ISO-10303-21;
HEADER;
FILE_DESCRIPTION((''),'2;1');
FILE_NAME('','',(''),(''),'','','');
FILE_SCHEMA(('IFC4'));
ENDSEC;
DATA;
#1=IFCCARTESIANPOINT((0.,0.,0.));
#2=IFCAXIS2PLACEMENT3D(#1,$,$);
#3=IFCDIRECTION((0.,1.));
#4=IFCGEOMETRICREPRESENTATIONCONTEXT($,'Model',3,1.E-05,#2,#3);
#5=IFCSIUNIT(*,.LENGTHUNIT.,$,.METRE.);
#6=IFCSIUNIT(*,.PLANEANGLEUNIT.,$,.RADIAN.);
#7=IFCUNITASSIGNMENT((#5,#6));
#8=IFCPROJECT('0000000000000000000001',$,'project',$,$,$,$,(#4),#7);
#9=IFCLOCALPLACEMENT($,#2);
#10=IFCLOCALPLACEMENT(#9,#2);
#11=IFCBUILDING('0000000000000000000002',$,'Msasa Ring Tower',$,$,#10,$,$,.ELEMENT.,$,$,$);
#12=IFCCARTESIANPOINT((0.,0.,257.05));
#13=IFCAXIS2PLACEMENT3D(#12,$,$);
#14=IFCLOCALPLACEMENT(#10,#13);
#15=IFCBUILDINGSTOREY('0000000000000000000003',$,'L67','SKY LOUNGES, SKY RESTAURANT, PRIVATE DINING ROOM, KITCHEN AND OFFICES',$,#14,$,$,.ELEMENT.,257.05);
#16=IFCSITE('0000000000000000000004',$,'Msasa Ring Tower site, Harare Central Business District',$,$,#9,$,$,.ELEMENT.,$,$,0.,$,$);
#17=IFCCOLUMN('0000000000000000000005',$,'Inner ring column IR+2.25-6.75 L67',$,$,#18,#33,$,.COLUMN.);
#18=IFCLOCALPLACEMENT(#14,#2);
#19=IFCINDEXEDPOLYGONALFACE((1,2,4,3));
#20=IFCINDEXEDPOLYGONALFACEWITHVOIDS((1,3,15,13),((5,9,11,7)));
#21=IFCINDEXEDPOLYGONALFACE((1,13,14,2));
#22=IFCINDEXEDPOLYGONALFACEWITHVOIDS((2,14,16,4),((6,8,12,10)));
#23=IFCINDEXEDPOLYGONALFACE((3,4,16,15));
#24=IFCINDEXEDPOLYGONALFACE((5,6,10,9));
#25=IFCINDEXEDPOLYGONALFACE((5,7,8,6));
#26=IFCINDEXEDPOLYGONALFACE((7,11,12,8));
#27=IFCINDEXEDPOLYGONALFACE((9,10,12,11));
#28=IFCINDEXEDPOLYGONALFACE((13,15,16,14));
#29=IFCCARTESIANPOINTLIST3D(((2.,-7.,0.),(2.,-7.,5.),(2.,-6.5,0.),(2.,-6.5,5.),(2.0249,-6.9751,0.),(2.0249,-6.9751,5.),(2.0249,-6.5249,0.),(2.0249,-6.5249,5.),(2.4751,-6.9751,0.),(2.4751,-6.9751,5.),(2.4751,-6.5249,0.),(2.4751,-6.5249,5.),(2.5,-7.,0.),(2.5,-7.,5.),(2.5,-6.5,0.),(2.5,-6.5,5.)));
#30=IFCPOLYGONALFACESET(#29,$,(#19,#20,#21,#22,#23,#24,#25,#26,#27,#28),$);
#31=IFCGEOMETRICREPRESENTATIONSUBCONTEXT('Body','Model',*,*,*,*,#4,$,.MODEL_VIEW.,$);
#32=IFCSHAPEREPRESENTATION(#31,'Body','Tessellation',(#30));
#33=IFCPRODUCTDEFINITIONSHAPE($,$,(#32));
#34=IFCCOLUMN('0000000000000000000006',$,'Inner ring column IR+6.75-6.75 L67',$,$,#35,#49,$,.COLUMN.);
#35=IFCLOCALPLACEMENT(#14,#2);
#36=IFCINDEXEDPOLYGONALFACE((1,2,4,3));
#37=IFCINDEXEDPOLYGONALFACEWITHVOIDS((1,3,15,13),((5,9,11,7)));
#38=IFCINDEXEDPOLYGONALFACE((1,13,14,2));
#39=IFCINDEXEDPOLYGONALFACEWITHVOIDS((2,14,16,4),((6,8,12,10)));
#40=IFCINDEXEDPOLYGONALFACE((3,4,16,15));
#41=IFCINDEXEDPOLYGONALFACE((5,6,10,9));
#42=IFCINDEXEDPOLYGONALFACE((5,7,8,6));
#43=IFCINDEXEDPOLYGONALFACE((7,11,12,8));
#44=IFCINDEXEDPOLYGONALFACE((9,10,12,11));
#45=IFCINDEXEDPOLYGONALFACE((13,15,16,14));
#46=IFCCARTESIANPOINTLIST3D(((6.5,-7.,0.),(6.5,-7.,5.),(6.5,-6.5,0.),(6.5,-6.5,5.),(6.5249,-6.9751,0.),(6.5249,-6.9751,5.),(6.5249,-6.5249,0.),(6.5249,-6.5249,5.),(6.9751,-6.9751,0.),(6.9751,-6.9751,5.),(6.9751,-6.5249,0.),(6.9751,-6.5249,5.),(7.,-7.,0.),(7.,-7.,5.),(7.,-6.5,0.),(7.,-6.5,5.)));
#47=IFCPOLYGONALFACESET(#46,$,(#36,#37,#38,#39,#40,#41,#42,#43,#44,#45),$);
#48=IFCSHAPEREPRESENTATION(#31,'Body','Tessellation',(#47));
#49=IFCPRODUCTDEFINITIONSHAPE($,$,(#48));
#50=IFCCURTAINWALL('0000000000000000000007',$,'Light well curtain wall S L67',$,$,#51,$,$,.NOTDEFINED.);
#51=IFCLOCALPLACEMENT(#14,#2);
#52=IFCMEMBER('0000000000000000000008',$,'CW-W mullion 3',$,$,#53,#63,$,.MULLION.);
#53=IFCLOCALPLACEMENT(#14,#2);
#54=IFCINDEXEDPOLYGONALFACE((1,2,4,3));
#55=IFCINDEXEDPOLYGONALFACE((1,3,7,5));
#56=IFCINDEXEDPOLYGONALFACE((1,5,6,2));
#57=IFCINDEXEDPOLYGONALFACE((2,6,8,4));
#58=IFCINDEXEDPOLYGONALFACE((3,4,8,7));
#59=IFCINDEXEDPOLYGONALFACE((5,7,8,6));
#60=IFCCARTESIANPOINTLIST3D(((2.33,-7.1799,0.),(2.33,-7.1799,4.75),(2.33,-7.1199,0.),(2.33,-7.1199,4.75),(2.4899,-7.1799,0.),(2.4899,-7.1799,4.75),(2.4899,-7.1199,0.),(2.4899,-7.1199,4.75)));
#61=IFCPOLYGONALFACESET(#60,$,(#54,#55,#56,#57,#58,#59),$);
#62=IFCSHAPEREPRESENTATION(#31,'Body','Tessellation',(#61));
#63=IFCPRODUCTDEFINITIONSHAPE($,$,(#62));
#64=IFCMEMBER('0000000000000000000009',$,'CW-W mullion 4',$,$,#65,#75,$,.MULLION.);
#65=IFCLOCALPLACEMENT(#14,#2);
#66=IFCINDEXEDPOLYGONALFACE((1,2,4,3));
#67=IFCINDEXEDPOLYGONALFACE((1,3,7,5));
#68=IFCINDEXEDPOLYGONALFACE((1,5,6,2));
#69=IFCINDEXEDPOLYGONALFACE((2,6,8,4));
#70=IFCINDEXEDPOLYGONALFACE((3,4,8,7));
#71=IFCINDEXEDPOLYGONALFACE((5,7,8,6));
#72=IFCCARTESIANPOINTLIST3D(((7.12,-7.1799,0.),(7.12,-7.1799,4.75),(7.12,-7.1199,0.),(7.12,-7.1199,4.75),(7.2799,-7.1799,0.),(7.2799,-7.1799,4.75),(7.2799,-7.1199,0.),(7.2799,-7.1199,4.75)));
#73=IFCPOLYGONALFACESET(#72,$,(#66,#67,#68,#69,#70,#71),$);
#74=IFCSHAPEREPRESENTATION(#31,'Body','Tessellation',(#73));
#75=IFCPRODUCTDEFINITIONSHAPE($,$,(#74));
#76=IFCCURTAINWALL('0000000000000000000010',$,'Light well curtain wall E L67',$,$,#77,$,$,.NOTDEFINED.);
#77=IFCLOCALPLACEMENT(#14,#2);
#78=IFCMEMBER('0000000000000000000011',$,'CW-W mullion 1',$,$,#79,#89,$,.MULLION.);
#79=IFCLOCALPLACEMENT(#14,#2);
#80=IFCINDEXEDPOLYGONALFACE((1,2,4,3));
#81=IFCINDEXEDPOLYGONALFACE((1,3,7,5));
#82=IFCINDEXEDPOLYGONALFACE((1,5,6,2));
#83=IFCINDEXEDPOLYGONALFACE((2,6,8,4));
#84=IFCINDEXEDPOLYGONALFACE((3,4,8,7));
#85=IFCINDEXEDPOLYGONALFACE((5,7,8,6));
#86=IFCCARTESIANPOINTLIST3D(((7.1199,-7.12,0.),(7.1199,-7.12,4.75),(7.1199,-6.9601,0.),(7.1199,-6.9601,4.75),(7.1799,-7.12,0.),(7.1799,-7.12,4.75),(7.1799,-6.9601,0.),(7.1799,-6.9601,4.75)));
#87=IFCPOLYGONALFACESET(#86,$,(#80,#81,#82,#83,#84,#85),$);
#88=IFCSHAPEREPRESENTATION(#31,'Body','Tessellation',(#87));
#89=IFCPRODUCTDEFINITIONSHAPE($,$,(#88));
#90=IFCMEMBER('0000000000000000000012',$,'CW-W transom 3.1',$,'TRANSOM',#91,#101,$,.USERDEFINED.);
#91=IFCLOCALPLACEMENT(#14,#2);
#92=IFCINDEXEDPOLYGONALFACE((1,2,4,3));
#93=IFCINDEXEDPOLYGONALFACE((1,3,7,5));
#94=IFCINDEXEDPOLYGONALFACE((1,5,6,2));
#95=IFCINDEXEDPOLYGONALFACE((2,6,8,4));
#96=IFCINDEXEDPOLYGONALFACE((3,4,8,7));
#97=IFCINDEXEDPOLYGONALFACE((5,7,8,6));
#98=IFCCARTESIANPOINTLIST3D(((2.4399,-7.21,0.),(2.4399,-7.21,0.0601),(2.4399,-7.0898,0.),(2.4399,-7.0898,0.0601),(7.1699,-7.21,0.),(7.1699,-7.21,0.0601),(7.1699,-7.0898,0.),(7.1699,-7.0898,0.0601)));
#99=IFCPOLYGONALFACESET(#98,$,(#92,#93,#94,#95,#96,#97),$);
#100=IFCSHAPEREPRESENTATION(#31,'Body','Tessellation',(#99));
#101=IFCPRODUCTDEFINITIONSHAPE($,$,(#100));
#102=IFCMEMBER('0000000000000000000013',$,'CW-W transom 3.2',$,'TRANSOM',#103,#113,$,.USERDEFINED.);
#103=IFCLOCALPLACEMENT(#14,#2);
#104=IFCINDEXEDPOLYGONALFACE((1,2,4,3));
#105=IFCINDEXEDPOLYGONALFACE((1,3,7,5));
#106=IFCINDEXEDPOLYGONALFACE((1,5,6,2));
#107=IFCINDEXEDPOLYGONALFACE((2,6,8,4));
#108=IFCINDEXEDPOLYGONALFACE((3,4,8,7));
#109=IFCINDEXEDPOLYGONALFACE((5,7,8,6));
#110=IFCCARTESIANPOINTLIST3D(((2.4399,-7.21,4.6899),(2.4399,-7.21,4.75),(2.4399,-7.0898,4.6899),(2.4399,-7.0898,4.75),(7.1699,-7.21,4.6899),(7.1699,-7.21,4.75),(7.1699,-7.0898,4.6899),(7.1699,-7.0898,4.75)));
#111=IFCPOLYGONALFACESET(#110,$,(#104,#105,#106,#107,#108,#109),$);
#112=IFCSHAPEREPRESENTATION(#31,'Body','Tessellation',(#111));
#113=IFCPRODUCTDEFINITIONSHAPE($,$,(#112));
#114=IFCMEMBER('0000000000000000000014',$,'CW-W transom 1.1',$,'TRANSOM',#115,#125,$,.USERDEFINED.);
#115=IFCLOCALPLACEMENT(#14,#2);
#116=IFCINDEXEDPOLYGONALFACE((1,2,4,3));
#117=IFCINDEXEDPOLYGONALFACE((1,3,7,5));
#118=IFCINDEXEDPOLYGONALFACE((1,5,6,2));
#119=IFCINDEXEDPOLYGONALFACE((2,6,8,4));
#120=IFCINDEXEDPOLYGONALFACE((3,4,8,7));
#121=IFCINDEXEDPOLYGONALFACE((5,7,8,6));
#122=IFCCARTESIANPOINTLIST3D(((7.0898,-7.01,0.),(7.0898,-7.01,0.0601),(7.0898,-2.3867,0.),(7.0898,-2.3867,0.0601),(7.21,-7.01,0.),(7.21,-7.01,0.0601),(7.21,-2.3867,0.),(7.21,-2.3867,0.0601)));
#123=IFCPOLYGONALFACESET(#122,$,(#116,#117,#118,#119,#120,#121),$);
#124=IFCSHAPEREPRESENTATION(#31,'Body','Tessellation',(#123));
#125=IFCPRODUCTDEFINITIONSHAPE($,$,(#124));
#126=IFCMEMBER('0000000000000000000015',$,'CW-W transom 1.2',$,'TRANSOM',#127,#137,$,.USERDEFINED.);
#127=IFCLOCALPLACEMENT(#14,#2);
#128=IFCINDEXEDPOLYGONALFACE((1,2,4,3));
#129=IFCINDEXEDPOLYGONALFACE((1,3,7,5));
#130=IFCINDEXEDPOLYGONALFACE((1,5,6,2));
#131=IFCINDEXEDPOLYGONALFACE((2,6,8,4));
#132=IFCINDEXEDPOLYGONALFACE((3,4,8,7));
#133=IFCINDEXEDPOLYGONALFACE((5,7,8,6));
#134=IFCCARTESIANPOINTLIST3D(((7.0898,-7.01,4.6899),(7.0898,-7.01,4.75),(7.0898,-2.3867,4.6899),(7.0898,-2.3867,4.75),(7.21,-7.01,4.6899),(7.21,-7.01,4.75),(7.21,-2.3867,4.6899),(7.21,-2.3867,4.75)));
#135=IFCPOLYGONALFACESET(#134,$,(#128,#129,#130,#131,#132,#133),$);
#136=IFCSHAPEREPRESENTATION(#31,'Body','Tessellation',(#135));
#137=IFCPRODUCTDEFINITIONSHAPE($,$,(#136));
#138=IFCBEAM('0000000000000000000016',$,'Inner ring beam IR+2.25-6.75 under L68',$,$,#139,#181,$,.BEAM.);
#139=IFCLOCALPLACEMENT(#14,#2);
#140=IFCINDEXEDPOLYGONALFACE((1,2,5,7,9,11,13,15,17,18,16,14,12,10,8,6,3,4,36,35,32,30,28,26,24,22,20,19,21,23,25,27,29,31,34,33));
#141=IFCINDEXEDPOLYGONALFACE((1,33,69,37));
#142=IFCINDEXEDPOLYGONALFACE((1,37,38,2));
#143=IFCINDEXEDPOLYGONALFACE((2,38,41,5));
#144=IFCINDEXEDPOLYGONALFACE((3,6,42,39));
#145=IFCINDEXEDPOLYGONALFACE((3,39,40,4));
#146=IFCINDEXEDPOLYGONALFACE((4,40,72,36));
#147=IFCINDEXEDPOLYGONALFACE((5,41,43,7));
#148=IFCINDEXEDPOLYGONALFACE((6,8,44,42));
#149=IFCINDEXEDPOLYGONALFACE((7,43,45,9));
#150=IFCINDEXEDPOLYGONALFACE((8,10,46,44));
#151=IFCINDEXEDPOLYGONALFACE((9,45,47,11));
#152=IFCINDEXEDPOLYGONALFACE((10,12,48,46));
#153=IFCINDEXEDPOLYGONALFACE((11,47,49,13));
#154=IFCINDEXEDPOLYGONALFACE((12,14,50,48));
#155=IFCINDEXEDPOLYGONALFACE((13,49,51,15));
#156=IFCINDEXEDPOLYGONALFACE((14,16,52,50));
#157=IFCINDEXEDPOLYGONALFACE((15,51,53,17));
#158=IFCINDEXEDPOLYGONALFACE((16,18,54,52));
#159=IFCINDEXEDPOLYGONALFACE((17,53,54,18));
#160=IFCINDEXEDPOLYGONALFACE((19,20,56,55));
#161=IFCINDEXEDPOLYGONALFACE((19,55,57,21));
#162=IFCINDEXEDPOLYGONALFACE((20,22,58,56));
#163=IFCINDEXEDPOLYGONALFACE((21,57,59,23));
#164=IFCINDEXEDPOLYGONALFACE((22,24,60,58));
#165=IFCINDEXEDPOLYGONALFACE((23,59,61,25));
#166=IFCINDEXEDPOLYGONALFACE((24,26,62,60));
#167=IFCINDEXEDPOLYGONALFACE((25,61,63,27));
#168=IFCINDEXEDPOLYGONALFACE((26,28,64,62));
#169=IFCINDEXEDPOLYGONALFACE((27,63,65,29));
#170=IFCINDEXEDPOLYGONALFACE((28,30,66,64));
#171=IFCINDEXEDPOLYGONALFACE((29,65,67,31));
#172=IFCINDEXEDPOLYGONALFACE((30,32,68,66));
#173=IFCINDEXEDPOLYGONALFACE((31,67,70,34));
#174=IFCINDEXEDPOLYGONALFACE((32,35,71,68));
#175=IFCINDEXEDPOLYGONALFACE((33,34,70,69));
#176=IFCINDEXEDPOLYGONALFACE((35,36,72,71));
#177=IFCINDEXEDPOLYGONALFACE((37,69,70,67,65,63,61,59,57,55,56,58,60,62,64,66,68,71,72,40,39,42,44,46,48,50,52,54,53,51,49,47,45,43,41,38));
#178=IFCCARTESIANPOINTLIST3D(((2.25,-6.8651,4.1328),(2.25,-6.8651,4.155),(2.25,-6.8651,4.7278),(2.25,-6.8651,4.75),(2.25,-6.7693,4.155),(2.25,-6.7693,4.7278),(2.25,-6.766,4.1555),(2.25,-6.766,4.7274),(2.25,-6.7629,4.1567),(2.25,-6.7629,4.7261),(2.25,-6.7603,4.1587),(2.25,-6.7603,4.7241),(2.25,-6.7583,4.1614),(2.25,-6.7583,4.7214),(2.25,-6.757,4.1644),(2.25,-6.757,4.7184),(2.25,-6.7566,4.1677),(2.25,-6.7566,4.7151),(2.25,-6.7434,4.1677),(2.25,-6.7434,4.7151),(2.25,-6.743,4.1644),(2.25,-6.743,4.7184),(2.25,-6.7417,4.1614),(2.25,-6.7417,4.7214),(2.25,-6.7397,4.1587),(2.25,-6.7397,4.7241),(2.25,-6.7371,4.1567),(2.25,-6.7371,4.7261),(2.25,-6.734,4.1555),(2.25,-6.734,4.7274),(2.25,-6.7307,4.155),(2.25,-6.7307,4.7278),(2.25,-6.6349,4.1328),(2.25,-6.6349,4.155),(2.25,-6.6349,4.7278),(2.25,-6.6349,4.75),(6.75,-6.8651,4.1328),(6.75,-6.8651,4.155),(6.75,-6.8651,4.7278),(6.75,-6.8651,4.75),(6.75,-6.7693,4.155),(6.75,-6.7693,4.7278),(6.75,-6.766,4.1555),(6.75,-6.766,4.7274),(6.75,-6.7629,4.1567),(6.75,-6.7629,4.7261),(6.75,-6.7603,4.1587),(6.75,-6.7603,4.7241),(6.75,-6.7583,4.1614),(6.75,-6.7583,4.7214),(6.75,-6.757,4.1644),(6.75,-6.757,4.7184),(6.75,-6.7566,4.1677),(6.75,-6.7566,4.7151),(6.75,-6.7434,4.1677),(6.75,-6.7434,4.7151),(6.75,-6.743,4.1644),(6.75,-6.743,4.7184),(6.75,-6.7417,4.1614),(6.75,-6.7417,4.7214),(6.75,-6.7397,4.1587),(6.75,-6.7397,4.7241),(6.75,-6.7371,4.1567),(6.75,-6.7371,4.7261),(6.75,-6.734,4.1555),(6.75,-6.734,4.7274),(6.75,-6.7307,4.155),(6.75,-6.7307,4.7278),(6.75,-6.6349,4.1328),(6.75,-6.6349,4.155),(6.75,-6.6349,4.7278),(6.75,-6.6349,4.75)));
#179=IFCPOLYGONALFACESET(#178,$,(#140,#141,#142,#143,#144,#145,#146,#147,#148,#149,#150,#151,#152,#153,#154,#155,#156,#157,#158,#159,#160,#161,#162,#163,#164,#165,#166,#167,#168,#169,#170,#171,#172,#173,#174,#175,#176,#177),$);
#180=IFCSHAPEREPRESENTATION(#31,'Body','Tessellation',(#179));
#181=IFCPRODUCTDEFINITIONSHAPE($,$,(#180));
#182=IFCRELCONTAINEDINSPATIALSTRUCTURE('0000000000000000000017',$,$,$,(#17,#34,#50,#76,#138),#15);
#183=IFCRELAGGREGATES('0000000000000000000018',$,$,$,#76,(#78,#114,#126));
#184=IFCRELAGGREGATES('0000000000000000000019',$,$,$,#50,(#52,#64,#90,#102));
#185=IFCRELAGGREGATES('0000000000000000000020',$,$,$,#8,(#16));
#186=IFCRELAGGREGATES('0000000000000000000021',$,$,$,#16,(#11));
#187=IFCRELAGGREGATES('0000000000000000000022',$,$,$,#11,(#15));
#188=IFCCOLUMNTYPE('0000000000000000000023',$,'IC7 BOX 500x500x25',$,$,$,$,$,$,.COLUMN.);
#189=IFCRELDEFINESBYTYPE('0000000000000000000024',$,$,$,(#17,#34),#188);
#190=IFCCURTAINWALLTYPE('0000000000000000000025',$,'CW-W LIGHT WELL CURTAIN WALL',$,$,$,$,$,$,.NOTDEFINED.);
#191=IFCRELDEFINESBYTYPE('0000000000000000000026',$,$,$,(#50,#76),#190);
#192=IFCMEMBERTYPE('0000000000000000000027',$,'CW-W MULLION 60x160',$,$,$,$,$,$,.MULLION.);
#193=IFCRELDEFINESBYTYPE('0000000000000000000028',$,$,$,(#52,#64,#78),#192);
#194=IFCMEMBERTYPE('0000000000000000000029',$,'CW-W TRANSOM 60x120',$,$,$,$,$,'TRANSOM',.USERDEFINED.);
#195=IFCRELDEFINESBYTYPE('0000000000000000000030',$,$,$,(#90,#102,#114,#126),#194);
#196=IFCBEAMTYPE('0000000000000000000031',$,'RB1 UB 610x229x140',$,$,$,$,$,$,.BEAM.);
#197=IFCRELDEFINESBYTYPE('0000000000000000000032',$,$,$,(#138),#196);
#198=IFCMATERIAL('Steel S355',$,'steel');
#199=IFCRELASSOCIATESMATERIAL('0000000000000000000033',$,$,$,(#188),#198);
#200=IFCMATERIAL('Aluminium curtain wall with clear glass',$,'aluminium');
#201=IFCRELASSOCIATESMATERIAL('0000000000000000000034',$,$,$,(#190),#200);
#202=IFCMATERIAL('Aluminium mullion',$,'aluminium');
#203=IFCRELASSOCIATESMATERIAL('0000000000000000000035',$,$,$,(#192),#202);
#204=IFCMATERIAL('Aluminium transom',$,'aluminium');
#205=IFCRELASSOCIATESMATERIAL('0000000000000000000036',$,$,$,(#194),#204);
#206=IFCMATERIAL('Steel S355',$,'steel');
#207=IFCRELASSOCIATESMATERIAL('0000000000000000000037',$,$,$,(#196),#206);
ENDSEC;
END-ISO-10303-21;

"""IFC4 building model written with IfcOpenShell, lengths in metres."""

from ifc_helpers import new_model, si_unit, direction, frame, origin, origin_2d, place, context, subcontext, project, spatial, rectangle, hollow_rectangle, i_section, extrude, material, material_profile, profile_set, type_object, element, aggregate, save


model = new_model("IFC4")

# Units and contexts
model_context = context("Model", 3, precision=1e-05, world=origin(), true_north=direction((0.0, 1.0)))
body_context = subcontext(model_context, "Body", "Model", "MODEL_VIEW")
ifc_project = project(units=[si_unit("LENGTHUNIT", "METRE"), si_unit("PLANEANGLEUNIT", "RADIAN")], contexts=[model_context])

# Site, building, storey
site_placement = place(None, origin())
site = spatial("IfcSite", under=ifc_project, at=site_placement, Name="Msasa Ring Tower site, Harare Central Business District", CompositionType="ELEMENT", RefElevation=0.0)
building_placement = place(site_placement, origin())
building = spatial("IfcBuilding", under=site, at=building_placement, Name="Msasa Ring Tower", CompositionType="ELEMENT")
storey_placement = place(building_placement, frame((0.0, 0.0, 257.05)))
storey = spatial("IfcBuildingStorey", under=building, at=storey_placement, Name="L67", Description="SKY LOUNGES, SKY RESTAURANT, PRIVATE DINING ROOM, KITCHEN AND OFFICES", CompositionType="ELEMENT", Elevation=257.05)

# Columns
ifc_material_1 = material(Name="Steel S355", Category="steel")
ifc_material_profile_1 = material_profile(ifc_material_1, hollow_rectangle(XDim=0.5, YDim=0.5, WallThickness=0.0249, at=origin_2d()), Name="BOX 500x500x25")
ifc_profile_set_1 = profile_set([ifc_material_profile_1], Name="Steel S355")
column_type = type_object("IfcColumnType", Name="IC7 BOX 500x500x25", PredefinedType="COLUMN", material=ifc_profile_set_1)
for number, where, z_axis, x_axis, name in (
    (1, (2.25, -6.75, 0.0), (0.0, 0.0, 1.0), (1.0, 0.0, 0.0), "Inner ring column IR+2.25-6.75 L67"),
    (2, (6.75, -6.75, 0.0), (0.0, 0.0, 1.0), (1.0, 0.0, 0.0), "Inner ring column IR+6.75-6.75 L67"),
):
    element("IfcColumn", number, at=place(storey_placement, frame(where, z_axis=z_axis, x_axis=x_axis)), inside=storey, type_object=column_type, Name=name, PredefinedType="COLUMN", context=body_context, shape_type="SweptSolid", body=[
        extrude(hollow_rectangle(XDim=0.5, YDim=0.5, WallThickness=0.0249, at=origin_2d()), origin(), (0.0, 0.0, 1.0), 5.0),
    ])

# Curtain wall, members
ifc_material_2 = material(Name="Aluminium curtain wall with clear glass", Category="aluminium")
curtain_wall_type_1 = type_object("IfcCurtainWallType", Name="CW-W LIGHT WELL CURTAIN WALL", PredefinedType="NOTDEFINED", material=ifc_material_2)
curtain_wall_1_placement = place(storey_placement, origin())
curtain_wall_1 = element("IfcCurtainWall", 3, at=curtain_wall_1_placement, inside=storey, type_object=curtain_wall_type_1, Name="Light well curtain wall S L67", PredefinedType="NOTDEFINED")
ifc_material_3 = material(Name="Aluminium mullion", Category="aluminium")
ifc_material_profile_2 = material_profile(ifc_material_3, rectangle(XDim=0.0601, YDim=0.1599, at=origin_2d()), Name="AL 60x160")
ifc_profile_set_2 = profile_set([ifc_material_profile_2], Name="Aluminium mullion")
member_type_1 = type_object("IfcMemberType", Name="CW-W MULLION 60x160", PredefinedType="MULLION", material=ifc_profile_set_2)
member_1_placement = place(storey_placement, frame((2.4099, -7.1499, 0.0), z_axis=(0.0, 0.0, 1.0), x_axis=(0.0, 1.0, 0.0)))
member_1 = element("IfcMember", 4, at=member_1_placement, type_object=member_type_1, Name="CW-W mullion 3", PredefinedType="MULLION", context=body_context, shape_type="SweptSolid", body=[
    extrude(rectangle(XDim=0.0601, YDim=0.1599, at=origin_2d()), origin(), (0.0, 0.0, 1.0), 4.75),
])
member_2_placement = place(storey_placement, frame((7.2, -7.1499, 0.0), z_axis=(0.0, 0.0, 1.0), x_axis=(0.0, 1.0, 0.0)))
member_2 = element("IfcMember", 5, at=member_2_placement, type_object=member_type_1, Name="CW-W mullion 4", PredefinedType="MULLION", context=body_context, shape_type="SweptSolid", body=[
    extrude(rectangle(XDim=0.0601, YDim=0.1599, at=origin_2d()), origin(), (0.0, 0.0, 1.0), 4.75),
])

# Curtain wall, member
curtain_wall_2_placement = place(storey_placement, origin())
curtain_wall_2 = element("IfcCurtainWall", 6, at=curtain_wall_2_placement, inside=storey, type_object=curtain_wall_type_1, Name="Light well curtain wall E L67", PredefinedType="NOTDEFINED")
member_3_placement = place(storey_placement, frame((7.1499, -7.04, 0.0), z_axis=(0.0, 0.0, 1.0), x_axis=(-1.0, 0.0, 0.0)))
member_3 = element("IfcMember", 7, at=member_3_placement, type_object=member_type_1, Name="CW-W mullion 1", PredefinedType="MULLION", context=body_context, shape_type="SweptSolid", body=[
    extrude(rectangle(XDim=0.0601, YDim=0.1599, at=origin_2d()), origin(), (0.0, 0.0, 1.0), 4.75),
])

# Members
ifc_material_4 = material(Name="Aluminium transom", Category="aluminium")
ifc_material_profile_3 = material_profile(ifc_material_4, rectangle(XDim=0.1201, YDim=0.0601, at=origin_2d()), Name="AL 60x120")
ifc_profile_set_3 = profile_set([ifc_material_profile_3], Name="Aluminium transom")
member_type_2 = type_object("IfcMemberType", Name="CW-W TRANSOM 60x120", ElementType="TRANSOM", PredefinedType="USERDEFINED", material=ifc_profile_set_3)
member_4_placement = place(storey_placement, frame((2.4399, -7.1499, 0.03), z_axis=(1.0, 0.0, 0.0), x_axis=(0.0, 1.0, 0.0)))
member_4 = element("IfcMember", 8, at=member_4_placement, type_object=member_type_2, Name="CW-W transom 3.1", ObjectType="TRANSOM", PredefinedType="USERDEFINED", context=body_context, shape_type="SweptSolid", body=[
    extrude(rectangle(XDim=0.1201, YDim=0.0601, at=origin_2d()), origin(), (0.0, 0.0, 1.0), 4.73),
])
member_5_placement = place(storey_placement, frame((2.4399, -7.1499, 4.72), z_axis=(1.0, 0.0, 0.0), x_axis=(0.0, 1.0, 0.0)))
member_5 = element("IfcMember", 9, at=member_5_placement, type_object=member_type_2, Name="CW-W transom 3.2", ObjectType="TRANSOM", PredefinedType="USERDEFINED", context=body_context, shape_type="SweptSolid", body=[
    extrude(rectangle(XDim=0.1201, YDim=0.0601, at=origin_2d()), origin(), (0.0, 0.0, 1.0), 4.73),
])
member_6_placement = place(storey_placement, frame((7.1499, -7.01, 0.03), z_axis=(0.0, 1.0, 0.0), x_axis=(-1.0, 0.0, 0.0)))
member_6 = element("IfcMember", 10, at=member_6_placement, type_object=member_type_2, Name="CW-W transom 1.1", ObjectType="TRANSOM", PredefinedType="USERDEFINED", context=body_context, shape_type="SweptSolid", body=[
    extrude(rectangle(XDim=0.1201, YDim=0.0601, at=origin_2d()), origin(), (0.0, 0.0, 1.0), 4.6233),
])
member_7_placement = place(storey_placement, frame((7.1499, -7.01, 4.72), z_axis=(0.0, 1.0, 0.0), x_axis=(-1.0, 0.0, 0.0)))
member_7 = element("IfcMember", 11, at=member_7_placement, type_object=member_type_2, Name="CW-W transom 1.2", ObjectType="TRANSOM", PredefinedType="USERDEFINED", context=body_context, shape_type="SweptSolid", body=[
    extrude(rectangle(XDim=0.1201, YDim=0.0601, at=origin_2d()), origin(), (0.0, 0.0, 1.0), 4.6233),
])
aggregate(curtain_wall_2, [member_3, member_6, member_7])

# Beam
ifc_material_5 = material(Name="Steel S355", Category="steel")
ifc_material_profile_4 = material_profile(ifc_material_5, i_section(OverallWidth=0.2302, OverallDepth=0.6172, WebThickness=0.0132, FlangeThickness=0.0222, FilletRadius=0.0127, at=origin_2d()), Name="UB 610x229x140")
ifc_profile_set_4 = profile_set([ifc_material_profile_4], Name="Steel S355")
beam_type = type_object("IfcBeamType", Name="RB1 UB 610x229x140", PredefinedType="BEAM", material=ifc_profile_set_4)
for number, where, z_axis, x_axis, name in (
    (12, (2.25, -6.75, 4.4414), (1.0, 0.0, 0.0), (0.0, 1.0, 0.0), "Inner ring beam IR+2.25-6.75 under L68"),
):
    element("IfcBeam", number, at=place(storey_placement, frame(where, z_axis=z_axis, x_axis=x_axis)), inside=storey, type_object=beam_type, Name=name, PredefinedType="BEAM", context=body_context, shape_type="SweptSolid", body=[
        extrude(i_section(OverallWidth=0.2302, OverallDepth=0.6172, WebThickness=0.0132, FlangeThickness=0.0222, FilletRadius=0.0127, at=origin_2d()), origin(), (0.0, 0.0, 1.0), 4.5),
    ])

aggregate(curtain_wall_1, [member_1, member_2, member_4, member_5])

save(model, "model.ifc")
